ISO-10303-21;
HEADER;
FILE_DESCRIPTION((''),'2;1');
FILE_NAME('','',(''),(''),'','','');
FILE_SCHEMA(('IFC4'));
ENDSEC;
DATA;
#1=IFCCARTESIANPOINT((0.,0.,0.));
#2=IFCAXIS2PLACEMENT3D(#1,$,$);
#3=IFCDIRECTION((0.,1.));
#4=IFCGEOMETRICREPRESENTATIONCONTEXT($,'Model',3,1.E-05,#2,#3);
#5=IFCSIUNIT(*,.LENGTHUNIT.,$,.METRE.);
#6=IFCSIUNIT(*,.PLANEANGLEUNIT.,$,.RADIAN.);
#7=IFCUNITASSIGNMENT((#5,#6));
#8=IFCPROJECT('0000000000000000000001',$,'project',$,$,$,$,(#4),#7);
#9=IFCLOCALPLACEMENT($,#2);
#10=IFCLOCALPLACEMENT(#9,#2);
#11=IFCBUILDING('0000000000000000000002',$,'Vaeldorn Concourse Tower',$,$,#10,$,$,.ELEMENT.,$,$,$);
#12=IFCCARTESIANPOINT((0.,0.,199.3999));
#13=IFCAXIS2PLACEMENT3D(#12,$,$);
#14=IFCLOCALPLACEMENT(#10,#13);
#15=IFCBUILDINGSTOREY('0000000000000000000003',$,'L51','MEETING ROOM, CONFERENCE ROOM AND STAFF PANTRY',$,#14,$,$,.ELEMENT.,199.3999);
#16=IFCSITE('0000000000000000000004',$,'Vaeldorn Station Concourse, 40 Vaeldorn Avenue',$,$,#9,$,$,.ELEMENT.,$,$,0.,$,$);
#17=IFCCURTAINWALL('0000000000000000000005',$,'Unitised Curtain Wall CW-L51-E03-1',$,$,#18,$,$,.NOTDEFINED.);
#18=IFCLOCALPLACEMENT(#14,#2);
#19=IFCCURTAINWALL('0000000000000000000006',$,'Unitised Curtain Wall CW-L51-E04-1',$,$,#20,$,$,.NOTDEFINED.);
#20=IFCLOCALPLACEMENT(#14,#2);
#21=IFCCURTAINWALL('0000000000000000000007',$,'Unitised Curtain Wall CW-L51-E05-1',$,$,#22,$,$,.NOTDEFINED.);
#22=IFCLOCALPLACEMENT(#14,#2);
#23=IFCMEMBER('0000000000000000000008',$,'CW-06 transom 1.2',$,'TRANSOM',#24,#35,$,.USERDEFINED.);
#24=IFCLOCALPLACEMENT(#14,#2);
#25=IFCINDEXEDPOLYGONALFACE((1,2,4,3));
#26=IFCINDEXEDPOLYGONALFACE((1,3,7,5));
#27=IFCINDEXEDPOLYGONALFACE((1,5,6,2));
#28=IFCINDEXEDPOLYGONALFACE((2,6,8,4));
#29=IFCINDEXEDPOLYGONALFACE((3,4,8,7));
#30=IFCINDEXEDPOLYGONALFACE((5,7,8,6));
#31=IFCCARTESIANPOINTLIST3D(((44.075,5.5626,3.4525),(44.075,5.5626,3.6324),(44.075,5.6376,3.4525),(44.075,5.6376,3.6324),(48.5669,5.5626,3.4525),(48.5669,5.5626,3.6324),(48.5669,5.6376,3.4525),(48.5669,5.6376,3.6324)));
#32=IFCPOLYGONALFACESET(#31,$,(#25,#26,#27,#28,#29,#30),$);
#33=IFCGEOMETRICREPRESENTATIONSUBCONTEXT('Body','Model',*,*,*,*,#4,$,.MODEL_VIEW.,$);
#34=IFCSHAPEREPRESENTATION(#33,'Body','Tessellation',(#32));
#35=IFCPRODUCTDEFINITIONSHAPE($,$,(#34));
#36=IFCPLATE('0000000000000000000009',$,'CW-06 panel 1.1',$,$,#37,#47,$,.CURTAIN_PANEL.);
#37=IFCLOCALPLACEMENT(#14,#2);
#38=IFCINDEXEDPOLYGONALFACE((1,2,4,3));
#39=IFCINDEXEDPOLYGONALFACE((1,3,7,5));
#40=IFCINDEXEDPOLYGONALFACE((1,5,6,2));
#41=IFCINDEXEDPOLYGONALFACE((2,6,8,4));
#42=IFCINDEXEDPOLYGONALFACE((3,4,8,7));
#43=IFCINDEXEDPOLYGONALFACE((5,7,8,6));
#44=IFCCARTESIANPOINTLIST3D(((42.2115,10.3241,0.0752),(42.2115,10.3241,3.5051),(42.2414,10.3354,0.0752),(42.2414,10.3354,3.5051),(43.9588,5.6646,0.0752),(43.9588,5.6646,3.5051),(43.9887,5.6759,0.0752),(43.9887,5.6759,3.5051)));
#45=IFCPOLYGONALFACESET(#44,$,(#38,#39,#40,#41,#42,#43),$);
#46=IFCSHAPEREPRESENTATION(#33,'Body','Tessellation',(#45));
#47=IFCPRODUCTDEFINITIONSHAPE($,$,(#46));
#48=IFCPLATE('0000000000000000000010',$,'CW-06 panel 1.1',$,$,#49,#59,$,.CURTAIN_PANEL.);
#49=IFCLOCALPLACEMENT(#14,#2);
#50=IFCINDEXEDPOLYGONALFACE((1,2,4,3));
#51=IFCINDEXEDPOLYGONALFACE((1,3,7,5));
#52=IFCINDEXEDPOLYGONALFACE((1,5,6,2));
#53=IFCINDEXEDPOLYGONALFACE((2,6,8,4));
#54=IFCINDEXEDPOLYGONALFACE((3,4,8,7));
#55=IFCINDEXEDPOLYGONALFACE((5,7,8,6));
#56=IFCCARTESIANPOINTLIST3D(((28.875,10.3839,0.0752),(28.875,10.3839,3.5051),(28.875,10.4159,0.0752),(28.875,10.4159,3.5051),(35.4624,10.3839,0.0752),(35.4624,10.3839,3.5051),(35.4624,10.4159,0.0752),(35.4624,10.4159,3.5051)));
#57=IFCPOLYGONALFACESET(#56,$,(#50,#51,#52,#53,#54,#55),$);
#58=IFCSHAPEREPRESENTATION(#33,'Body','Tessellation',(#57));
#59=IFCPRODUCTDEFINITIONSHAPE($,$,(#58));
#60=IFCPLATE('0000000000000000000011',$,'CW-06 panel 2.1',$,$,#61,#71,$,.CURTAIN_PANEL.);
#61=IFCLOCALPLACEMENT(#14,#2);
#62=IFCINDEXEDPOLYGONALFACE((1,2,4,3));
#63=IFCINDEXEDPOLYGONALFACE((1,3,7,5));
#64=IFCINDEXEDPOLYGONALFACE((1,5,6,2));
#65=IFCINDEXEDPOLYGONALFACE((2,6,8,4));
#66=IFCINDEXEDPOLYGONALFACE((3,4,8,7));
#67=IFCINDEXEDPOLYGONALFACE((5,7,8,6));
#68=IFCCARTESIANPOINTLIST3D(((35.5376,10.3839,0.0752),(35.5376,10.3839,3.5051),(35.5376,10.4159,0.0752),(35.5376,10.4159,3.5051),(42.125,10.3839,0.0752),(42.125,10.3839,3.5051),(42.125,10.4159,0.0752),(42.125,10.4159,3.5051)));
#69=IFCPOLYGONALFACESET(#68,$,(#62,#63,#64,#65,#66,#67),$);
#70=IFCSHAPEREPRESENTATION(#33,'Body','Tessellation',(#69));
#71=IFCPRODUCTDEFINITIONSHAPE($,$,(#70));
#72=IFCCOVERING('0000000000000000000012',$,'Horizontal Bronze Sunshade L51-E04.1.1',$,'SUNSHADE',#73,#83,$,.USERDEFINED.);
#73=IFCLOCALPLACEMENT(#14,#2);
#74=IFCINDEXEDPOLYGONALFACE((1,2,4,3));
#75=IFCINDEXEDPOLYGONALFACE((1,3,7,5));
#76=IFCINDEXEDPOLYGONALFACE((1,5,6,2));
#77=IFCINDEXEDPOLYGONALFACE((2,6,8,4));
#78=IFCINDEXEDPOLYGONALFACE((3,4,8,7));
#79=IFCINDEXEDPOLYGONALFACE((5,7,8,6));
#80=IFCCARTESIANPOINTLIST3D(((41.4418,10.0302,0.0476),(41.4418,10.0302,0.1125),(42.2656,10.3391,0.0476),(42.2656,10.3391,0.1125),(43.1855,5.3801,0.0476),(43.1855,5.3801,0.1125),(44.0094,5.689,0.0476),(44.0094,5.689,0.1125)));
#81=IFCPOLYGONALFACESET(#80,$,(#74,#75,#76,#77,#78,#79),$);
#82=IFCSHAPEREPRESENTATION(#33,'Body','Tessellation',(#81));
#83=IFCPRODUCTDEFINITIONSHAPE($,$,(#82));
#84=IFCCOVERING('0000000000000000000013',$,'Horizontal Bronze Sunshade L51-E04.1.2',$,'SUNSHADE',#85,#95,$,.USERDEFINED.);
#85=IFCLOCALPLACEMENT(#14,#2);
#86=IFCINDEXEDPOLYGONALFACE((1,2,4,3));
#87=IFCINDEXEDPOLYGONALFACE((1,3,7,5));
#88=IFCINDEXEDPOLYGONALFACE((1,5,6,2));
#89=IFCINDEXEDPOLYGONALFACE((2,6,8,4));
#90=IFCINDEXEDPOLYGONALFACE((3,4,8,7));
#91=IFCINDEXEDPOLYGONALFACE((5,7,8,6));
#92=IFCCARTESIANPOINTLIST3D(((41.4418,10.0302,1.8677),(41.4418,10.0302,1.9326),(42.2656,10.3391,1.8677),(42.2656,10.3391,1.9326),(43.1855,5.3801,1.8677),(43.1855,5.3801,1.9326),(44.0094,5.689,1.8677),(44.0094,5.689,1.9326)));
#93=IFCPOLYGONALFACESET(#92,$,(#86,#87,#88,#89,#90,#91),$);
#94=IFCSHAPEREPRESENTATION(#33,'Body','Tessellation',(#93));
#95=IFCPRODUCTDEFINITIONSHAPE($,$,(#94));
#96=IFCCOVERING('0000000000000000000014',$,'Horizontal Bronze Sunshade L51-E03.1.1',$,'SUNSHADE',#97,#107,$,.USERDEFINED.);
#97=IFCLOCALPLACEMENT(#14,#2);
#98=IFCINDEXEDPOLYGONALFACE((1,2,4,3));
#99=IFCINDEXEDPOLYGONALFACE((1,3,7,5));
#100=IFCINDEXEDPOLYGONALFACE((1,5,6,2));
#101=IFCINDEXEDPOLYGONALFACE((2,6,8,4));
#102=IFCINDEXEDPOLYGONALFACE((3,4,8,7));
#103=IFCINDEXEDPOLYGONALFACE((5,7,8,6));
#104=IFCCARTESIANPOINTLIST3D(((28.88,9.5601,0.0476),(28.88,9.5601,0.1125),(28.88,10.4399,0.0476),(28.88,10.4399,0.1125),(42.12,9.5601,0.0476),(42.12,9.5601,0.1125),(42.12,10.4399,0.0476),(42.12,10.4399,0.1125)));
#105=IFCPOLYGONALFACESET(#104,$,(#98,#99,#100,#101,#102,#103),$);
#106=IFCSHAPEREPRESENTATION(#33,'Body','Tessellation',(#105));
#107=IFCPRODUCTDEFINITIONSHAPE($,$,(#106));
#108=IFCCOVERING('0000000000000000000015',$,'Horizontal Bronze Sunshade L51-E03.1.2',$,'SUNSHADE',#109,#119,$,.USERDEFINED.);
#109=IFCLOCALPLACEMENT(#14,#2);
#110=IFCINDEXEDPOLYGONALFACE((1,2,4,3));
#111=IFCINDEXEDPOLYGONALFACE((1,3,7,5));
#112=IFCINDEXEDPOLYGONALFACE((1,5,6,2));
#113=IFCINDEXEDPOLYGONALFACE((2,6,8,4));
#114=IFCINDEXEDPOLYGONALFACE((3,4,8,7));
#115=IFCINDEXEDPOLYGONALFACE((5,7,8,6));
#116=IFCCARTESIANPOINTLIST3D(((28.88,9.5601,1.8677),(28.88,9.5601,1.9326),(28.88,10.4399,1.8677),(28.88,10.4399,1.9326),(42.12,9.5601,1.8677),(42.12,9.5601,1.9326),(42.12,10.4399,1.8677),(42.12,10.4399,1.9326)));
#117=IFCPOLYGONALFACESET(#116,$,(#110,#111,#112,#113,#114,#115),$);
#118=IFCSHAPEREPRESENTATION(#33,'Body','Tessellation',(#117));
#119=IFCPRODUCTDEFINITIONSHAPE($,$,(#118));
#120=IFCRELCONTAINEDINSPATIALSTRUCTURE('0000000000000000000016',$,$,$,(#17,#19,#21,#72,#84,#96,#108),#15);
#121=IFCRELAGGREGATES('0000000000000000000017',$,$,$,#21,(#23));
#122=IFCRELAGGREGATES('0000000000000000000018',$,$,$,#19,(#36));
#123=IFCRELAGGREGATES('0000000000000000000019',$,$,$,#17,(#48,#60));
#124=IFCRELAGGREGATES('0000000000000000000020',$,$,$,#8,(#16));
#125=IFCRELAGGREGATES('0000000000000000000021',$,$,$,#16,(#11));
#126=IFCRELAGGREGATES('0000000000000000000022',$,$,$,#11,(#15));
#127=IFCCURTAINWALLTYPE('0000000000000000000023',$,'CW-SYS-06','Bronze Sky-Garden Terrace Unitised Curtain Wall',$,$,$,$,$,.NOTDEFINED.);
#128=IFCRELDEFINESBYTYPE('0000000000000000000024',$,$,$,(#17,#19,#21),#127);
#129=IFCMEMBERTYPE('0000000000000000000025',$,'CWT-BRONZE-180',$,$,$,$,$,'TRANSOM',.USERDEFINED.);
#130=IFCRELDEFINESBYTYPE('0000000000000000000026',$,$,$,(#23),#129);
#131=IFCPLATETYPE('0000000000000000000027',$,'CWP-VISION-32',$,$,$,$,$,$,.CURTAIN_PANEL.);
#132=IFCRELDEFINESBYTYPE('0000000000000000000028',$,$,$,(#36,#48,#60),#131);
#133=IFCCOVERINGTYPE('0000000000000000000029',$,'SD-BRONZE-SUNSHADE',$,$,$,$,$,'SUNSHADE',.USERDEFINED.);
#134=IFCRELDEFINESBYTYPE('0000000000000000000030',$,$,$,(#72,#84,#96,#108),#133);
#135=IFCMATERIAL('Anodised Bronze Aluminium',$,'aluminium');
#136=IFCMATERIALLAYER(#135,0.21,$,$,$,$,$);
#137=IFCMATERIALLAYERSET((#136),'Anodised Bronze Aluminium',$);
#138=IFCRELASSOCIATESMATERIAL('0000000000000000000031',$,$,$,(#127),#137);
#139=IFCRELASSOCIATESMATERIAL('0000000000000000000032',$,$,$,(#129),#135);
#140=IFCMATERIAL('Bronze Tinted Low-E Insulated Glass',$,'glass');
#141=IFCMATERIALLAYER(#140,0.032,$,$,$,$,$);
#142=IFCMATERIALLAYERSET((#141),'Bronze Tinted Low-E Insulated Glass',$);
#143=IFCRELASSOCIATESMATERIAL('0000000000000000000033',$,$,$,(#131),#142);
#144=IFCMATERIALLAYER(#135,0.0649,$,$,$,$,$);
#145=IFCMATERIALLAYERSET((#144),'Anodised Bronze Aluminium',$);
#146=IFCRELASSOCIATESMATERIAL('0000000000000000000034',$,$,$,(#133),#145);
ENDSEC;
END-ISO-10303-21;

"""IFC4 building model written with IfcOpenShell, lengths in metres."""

from ifc_helpers import new_model, si_unit, direction, frame, origin, origin_2d, place, context, subcontext, project, spatial, rectangle, extrude, source, transform, mapped, material, layer, layer_set, material_profile, profile_set, type_object, element, aggregate, save


model = new_model("IFC4")

# Units and contexts
model_context = context("Model", 3, precision=1e-05, world=origin(), true_north=direction((0.0, 1.0)))
body_context = subcontext(model_context, "Body", "Model", "MODEL_VIEW")
ifc_project = project(units=[si_unit("LENGTHUNIT", "METRE"), si_unit("PLANEANGLEUNIT", "RADIAN")], contexts=[model_context])

# Site, building, storey
site_placement = place(None, origin())
site = spatial("IfcSite", under=ifc_project, at=site_placement, Name="Vaeldorn Station Concourse, 40 Vaeldorn Avenue", CompositionType="ELEMENT", RefElevation=0.0)
building_placement = place(site_placement, origin())
building = spatial("IfcBuilding", under=site, at=building_placement, Name="Vaeldorn Concourse Tower", CompositionType="ELEMENT")
storey_placement = place(building_placement, frame((0.0, 0.0, 199.3999)))
storey = spatial("IfcBuildingStorey", under=building, at=storey_placement, Name="L51", Description="MEETING ROOM, CONFERENCE ROOM AND STAFF PANTRY", CompositionType="ELEMENT", Elevation=199.3999)

# Curtain walls
ifc_material_1 = material(Name="Anodised Bronze Aluminium", Category="aluminium")
ifc_layer_1 = layer(ifc_material_1, 0.21)
ifc_layer_set_1 = layer_set([ifc_layer_1], Name="Anodised Bronze Aluminium")
curtain_wall_type = type_object("IfcCurtainWallType", Name="CW-SYS-06", Description="Bronze Sky-Garden Terrace Unitised Curtain Wall", PredefinedType="NOTDEFINED", material=ifc_layer_set_1)
curtain_wall_1_placement = place(storey_placement, origin())
curtain_wall_1 = element("IfcCurtainWall", 1, at=curtain_wall_1_placement, inside=storey, type_object=curtain_wall_type, Name="Unitised Curtain Wall CW-L51-E03-1", PredefinedType="NOTDEFINED")
ifc_material_profile_1 = material_profile(ifc_material_1, rectangle(XDim=0.075, YDim=0.1799, at=origin_2d()), Name="CWT 75x180")
ifc_profile_set_1 = profile_set([ifc_material_profile_1], Name="Anodised Bronze Aluminium")
member_type_1 = type_object("IfcMemberType", Name="CWT-BRONZE-180", ElementType="TRANSOM", PredefinedType="USERDEFINED", material=ifc_profile_set_1)
curtain_wall_2_placement = place(storey_placement, origin())
curtain_wall_2 = element("IfcCurtainWall", 2, at=curtain_wall_2_placement, inside=storey, type_object=curtain_wall_type, Name="Unitised Curtain Wall CW-L51-E04-1", PredefinedType="NOTDEFINED")

# Curtain wall, member
curtain_wall_3_placement = place(storey_placement, origin())
curtain_wall_3 = element("IfcCurtainWall", 3, at=curtain_wall_3_placement, inside=storey, type_object=curtain_wall_type, Name="Unitised Curtain Wall CW-L51-E05-1", PredefinedType="NOTDEFINED")
shared_shape_1 = source(origin(), body_context, "Body", "SweptSolid", [
    extrude(rectangle(XDim=0.075, YDim=0.1799, at=origin_2d()), origin(), (0.0, 0.0, 1.0), 4.4919),
])
member_1_placement = place(storey_placement, frame((44.075, 5.6001, 3.5425), z_axis=(1.0, 0.0, 0.0), x_axis=(0.0, 1.0, 0.0)))
member_1 = element("IfcMember", 4, at=member_1_placement, type_object=member_type_1, Name="CW-06 transom 1.2", ObjectType="TRANSOM", PredefinedType="USERDEFINED", context=body_context, shape_type="MappedRepresentation", body=[
    mapped(shared_shape_1, transform((0.0, 0.0, 0.0), scale=1.0)),
])
aggregate(curtain_wall_3, [member_1])

# Plates
ifc_material_2 = material(Name="Bronze Tinted Low-E Insulated Glass", Category="glass")
ifc_layer_2 = layer(ifc_material_2, 0.032)
ifc_layer_set_2 = layer_set([ifc_layer_2], Name="Bronze Tinted Low-E Insulated Glass")
plate_type = type_object("IfcPlateType", Name="CWP-VISION-32", PredefinedType="CURTAIN_PANEL", material=ifc_layer_set_2)
shared_shape_2 = source(origin(), body_context, "Body", "SweptSolid", [
    extrude(rectangle(XDim=4.9763, YDim=0.032, at=origin_2d()), origin(), (0.0, 0.0, 1.0), 3.4299),
])
plate_1_placement = place(storey_placement, frame((43.1001, 8.0, 0.0752), z_axis=(0.0, 0.0, 1.0), x_axis=(0.351123, -0.936329, 0.0)))
plate_1 = element("IfcPlate", 5, at=plate_1_placement, type_object=plate_type, Name="CW-06 panel 1.1", PredefinedType="CURTAIN_PANEL", context=body_context, shape_type="MappedRepresentation", body=[
    mapped(shared_shape_2, transform((0.0, 0.0, 0.0), scale=1.0)),
])
aggregate(curtain_wall_2, [plate_1])
shared_shape_3 = source(origin(), body_context, "Body", "SweptSolid", [
    extrude(rectangle(XDim=6.5874, YDim=0.032, at=origin_2d()), origin(), (0.0, 0.0, 1.0), 3.4299),
])
plate_2_placement = place(storey_placement, frame((32.1687, 10.3999, 0.0752), z_axis=(0.0, 0.0, 1.0), x_axis=(1.0, 0.0, 0.0)))
plate_2 = element("IfcPlate", 6, at=plate_2_placement, type_object=plate_type, Name="CW-06 panel 1.1", PredefinedType="CURTAIN_PANEL", context=body_context, shape_type="MappedRepresentation", body=[
    mapped(shared_shape_3, transform((0.0, 0.0, 0.0), scale=1.0)),
])
plate_3_placement = place(storey_placement, frame((38.8313, 10.3999, 0.0752), z_axis=(0.0, 0.0, 1.0), x_axis=(1.0, 0.0, 0.0)))
plate_3 = element("IfcPlate", 7, at=plate_3_placement, type_object=plate_type, Name="CW-06 panel 2.1", PredefinedType="CURTAIN_PANEL", context=body_context, shape_type="MappedRepresentation", body=[
    mapped(shared_shape_3, transform((0.0, 0.0, 0.0), scale=1.0)),
])
aggregate(curtain_wall_1, [plate_2, plate_3])

# Coverings
ifc_layer_3 = layer(ifc_material_1, 0.0649)
ifc_layer_set_3 = layer_set([ifc_layer_3], Name="Anodised Bronze Aluminium")
covering_type = type_object("IfcCoveringType", Name="SD-BRONZE-SUNSHADE", ElementType="SUNSHADE", PredefinedType="USERDEFINED", material=ifc_layer_set_3)
shared_shape_4 = source(origin(), body_context, "Body", "SweptSolid", [
    extrude(rectangle(XDim=4.9663, YDim=0.8799, at=origin_2d()), origin(), (0.0, 0.0, 1.0), 0.0649),
])
for number, where, z_axis, x_axis, name in (
    (8, (42.7256, 7.8596, 0.0476), (0.0, 0.0, 1.0), (0.351123, -0.936329, 0.0), "Horizontal Bronze Sunshade L51-E04.1.1"),
    (9, (42.7256, 7.8596, 1.8677), (0.0, 0.0, 1.0), (0.351123, -0.936329, 0.0), "Horizontal Bronze Sunshade L51-E04.1.2"),
):
    element("IfcCovering", number, at=place(storey_placement, frame(where, z_axis=z_axis, x_axis=x_axis)), inside=storey, type_object=covering_type, Name=name, ObjectType="SUNSHADE", PredefinedType="USERDEFINED", context=body_context, shape_type="MappedRepresentation", body=[
        mapped(shared_shape_4, transform((0.0, 0.0, 0.0), scale=1.0)),
    ])
shared_shape_5 = source(origin(), body_context, "Body", "SweptSolid", [
    extrude(rectangle(XDim=13.24, YDim=0.8799, at=origin_2d()), origin(), (0.0, 0.0, 1.0), 0.0649),
])
for number, where, z_axis, x_axis, name in (
    (10, (35.5, 10.0, 0.0476), (0.0, 0.0, 1.0), (1.0, 0.0, 0.0), "Horizontal Bronze Sunshade L51-E03.1.1"),
    (11, (35.5, 10.0, 1.8677), (0.0, 0.0, 1.0), (1.0, 0.0, 0.0), "Horizontal Bronze Sunshade L51-E03.1.2"),
):
    element("IfcCovering", number, at=place(storey_placement, frame(where, z_axis=z_axis, x_axis=x_axis)), inside=storey, type_object=covering_type, Name=name, ObjectType="SUNSHADE", PredefinedType="USERDEFINED", context=body_context, shape_type="MappedRepresentation", body=[
        mapped(shared_shape_5, transform((0.0, 0.0, 0.0), scale=1.0)),
    ])

save(model, "model.ifc")
